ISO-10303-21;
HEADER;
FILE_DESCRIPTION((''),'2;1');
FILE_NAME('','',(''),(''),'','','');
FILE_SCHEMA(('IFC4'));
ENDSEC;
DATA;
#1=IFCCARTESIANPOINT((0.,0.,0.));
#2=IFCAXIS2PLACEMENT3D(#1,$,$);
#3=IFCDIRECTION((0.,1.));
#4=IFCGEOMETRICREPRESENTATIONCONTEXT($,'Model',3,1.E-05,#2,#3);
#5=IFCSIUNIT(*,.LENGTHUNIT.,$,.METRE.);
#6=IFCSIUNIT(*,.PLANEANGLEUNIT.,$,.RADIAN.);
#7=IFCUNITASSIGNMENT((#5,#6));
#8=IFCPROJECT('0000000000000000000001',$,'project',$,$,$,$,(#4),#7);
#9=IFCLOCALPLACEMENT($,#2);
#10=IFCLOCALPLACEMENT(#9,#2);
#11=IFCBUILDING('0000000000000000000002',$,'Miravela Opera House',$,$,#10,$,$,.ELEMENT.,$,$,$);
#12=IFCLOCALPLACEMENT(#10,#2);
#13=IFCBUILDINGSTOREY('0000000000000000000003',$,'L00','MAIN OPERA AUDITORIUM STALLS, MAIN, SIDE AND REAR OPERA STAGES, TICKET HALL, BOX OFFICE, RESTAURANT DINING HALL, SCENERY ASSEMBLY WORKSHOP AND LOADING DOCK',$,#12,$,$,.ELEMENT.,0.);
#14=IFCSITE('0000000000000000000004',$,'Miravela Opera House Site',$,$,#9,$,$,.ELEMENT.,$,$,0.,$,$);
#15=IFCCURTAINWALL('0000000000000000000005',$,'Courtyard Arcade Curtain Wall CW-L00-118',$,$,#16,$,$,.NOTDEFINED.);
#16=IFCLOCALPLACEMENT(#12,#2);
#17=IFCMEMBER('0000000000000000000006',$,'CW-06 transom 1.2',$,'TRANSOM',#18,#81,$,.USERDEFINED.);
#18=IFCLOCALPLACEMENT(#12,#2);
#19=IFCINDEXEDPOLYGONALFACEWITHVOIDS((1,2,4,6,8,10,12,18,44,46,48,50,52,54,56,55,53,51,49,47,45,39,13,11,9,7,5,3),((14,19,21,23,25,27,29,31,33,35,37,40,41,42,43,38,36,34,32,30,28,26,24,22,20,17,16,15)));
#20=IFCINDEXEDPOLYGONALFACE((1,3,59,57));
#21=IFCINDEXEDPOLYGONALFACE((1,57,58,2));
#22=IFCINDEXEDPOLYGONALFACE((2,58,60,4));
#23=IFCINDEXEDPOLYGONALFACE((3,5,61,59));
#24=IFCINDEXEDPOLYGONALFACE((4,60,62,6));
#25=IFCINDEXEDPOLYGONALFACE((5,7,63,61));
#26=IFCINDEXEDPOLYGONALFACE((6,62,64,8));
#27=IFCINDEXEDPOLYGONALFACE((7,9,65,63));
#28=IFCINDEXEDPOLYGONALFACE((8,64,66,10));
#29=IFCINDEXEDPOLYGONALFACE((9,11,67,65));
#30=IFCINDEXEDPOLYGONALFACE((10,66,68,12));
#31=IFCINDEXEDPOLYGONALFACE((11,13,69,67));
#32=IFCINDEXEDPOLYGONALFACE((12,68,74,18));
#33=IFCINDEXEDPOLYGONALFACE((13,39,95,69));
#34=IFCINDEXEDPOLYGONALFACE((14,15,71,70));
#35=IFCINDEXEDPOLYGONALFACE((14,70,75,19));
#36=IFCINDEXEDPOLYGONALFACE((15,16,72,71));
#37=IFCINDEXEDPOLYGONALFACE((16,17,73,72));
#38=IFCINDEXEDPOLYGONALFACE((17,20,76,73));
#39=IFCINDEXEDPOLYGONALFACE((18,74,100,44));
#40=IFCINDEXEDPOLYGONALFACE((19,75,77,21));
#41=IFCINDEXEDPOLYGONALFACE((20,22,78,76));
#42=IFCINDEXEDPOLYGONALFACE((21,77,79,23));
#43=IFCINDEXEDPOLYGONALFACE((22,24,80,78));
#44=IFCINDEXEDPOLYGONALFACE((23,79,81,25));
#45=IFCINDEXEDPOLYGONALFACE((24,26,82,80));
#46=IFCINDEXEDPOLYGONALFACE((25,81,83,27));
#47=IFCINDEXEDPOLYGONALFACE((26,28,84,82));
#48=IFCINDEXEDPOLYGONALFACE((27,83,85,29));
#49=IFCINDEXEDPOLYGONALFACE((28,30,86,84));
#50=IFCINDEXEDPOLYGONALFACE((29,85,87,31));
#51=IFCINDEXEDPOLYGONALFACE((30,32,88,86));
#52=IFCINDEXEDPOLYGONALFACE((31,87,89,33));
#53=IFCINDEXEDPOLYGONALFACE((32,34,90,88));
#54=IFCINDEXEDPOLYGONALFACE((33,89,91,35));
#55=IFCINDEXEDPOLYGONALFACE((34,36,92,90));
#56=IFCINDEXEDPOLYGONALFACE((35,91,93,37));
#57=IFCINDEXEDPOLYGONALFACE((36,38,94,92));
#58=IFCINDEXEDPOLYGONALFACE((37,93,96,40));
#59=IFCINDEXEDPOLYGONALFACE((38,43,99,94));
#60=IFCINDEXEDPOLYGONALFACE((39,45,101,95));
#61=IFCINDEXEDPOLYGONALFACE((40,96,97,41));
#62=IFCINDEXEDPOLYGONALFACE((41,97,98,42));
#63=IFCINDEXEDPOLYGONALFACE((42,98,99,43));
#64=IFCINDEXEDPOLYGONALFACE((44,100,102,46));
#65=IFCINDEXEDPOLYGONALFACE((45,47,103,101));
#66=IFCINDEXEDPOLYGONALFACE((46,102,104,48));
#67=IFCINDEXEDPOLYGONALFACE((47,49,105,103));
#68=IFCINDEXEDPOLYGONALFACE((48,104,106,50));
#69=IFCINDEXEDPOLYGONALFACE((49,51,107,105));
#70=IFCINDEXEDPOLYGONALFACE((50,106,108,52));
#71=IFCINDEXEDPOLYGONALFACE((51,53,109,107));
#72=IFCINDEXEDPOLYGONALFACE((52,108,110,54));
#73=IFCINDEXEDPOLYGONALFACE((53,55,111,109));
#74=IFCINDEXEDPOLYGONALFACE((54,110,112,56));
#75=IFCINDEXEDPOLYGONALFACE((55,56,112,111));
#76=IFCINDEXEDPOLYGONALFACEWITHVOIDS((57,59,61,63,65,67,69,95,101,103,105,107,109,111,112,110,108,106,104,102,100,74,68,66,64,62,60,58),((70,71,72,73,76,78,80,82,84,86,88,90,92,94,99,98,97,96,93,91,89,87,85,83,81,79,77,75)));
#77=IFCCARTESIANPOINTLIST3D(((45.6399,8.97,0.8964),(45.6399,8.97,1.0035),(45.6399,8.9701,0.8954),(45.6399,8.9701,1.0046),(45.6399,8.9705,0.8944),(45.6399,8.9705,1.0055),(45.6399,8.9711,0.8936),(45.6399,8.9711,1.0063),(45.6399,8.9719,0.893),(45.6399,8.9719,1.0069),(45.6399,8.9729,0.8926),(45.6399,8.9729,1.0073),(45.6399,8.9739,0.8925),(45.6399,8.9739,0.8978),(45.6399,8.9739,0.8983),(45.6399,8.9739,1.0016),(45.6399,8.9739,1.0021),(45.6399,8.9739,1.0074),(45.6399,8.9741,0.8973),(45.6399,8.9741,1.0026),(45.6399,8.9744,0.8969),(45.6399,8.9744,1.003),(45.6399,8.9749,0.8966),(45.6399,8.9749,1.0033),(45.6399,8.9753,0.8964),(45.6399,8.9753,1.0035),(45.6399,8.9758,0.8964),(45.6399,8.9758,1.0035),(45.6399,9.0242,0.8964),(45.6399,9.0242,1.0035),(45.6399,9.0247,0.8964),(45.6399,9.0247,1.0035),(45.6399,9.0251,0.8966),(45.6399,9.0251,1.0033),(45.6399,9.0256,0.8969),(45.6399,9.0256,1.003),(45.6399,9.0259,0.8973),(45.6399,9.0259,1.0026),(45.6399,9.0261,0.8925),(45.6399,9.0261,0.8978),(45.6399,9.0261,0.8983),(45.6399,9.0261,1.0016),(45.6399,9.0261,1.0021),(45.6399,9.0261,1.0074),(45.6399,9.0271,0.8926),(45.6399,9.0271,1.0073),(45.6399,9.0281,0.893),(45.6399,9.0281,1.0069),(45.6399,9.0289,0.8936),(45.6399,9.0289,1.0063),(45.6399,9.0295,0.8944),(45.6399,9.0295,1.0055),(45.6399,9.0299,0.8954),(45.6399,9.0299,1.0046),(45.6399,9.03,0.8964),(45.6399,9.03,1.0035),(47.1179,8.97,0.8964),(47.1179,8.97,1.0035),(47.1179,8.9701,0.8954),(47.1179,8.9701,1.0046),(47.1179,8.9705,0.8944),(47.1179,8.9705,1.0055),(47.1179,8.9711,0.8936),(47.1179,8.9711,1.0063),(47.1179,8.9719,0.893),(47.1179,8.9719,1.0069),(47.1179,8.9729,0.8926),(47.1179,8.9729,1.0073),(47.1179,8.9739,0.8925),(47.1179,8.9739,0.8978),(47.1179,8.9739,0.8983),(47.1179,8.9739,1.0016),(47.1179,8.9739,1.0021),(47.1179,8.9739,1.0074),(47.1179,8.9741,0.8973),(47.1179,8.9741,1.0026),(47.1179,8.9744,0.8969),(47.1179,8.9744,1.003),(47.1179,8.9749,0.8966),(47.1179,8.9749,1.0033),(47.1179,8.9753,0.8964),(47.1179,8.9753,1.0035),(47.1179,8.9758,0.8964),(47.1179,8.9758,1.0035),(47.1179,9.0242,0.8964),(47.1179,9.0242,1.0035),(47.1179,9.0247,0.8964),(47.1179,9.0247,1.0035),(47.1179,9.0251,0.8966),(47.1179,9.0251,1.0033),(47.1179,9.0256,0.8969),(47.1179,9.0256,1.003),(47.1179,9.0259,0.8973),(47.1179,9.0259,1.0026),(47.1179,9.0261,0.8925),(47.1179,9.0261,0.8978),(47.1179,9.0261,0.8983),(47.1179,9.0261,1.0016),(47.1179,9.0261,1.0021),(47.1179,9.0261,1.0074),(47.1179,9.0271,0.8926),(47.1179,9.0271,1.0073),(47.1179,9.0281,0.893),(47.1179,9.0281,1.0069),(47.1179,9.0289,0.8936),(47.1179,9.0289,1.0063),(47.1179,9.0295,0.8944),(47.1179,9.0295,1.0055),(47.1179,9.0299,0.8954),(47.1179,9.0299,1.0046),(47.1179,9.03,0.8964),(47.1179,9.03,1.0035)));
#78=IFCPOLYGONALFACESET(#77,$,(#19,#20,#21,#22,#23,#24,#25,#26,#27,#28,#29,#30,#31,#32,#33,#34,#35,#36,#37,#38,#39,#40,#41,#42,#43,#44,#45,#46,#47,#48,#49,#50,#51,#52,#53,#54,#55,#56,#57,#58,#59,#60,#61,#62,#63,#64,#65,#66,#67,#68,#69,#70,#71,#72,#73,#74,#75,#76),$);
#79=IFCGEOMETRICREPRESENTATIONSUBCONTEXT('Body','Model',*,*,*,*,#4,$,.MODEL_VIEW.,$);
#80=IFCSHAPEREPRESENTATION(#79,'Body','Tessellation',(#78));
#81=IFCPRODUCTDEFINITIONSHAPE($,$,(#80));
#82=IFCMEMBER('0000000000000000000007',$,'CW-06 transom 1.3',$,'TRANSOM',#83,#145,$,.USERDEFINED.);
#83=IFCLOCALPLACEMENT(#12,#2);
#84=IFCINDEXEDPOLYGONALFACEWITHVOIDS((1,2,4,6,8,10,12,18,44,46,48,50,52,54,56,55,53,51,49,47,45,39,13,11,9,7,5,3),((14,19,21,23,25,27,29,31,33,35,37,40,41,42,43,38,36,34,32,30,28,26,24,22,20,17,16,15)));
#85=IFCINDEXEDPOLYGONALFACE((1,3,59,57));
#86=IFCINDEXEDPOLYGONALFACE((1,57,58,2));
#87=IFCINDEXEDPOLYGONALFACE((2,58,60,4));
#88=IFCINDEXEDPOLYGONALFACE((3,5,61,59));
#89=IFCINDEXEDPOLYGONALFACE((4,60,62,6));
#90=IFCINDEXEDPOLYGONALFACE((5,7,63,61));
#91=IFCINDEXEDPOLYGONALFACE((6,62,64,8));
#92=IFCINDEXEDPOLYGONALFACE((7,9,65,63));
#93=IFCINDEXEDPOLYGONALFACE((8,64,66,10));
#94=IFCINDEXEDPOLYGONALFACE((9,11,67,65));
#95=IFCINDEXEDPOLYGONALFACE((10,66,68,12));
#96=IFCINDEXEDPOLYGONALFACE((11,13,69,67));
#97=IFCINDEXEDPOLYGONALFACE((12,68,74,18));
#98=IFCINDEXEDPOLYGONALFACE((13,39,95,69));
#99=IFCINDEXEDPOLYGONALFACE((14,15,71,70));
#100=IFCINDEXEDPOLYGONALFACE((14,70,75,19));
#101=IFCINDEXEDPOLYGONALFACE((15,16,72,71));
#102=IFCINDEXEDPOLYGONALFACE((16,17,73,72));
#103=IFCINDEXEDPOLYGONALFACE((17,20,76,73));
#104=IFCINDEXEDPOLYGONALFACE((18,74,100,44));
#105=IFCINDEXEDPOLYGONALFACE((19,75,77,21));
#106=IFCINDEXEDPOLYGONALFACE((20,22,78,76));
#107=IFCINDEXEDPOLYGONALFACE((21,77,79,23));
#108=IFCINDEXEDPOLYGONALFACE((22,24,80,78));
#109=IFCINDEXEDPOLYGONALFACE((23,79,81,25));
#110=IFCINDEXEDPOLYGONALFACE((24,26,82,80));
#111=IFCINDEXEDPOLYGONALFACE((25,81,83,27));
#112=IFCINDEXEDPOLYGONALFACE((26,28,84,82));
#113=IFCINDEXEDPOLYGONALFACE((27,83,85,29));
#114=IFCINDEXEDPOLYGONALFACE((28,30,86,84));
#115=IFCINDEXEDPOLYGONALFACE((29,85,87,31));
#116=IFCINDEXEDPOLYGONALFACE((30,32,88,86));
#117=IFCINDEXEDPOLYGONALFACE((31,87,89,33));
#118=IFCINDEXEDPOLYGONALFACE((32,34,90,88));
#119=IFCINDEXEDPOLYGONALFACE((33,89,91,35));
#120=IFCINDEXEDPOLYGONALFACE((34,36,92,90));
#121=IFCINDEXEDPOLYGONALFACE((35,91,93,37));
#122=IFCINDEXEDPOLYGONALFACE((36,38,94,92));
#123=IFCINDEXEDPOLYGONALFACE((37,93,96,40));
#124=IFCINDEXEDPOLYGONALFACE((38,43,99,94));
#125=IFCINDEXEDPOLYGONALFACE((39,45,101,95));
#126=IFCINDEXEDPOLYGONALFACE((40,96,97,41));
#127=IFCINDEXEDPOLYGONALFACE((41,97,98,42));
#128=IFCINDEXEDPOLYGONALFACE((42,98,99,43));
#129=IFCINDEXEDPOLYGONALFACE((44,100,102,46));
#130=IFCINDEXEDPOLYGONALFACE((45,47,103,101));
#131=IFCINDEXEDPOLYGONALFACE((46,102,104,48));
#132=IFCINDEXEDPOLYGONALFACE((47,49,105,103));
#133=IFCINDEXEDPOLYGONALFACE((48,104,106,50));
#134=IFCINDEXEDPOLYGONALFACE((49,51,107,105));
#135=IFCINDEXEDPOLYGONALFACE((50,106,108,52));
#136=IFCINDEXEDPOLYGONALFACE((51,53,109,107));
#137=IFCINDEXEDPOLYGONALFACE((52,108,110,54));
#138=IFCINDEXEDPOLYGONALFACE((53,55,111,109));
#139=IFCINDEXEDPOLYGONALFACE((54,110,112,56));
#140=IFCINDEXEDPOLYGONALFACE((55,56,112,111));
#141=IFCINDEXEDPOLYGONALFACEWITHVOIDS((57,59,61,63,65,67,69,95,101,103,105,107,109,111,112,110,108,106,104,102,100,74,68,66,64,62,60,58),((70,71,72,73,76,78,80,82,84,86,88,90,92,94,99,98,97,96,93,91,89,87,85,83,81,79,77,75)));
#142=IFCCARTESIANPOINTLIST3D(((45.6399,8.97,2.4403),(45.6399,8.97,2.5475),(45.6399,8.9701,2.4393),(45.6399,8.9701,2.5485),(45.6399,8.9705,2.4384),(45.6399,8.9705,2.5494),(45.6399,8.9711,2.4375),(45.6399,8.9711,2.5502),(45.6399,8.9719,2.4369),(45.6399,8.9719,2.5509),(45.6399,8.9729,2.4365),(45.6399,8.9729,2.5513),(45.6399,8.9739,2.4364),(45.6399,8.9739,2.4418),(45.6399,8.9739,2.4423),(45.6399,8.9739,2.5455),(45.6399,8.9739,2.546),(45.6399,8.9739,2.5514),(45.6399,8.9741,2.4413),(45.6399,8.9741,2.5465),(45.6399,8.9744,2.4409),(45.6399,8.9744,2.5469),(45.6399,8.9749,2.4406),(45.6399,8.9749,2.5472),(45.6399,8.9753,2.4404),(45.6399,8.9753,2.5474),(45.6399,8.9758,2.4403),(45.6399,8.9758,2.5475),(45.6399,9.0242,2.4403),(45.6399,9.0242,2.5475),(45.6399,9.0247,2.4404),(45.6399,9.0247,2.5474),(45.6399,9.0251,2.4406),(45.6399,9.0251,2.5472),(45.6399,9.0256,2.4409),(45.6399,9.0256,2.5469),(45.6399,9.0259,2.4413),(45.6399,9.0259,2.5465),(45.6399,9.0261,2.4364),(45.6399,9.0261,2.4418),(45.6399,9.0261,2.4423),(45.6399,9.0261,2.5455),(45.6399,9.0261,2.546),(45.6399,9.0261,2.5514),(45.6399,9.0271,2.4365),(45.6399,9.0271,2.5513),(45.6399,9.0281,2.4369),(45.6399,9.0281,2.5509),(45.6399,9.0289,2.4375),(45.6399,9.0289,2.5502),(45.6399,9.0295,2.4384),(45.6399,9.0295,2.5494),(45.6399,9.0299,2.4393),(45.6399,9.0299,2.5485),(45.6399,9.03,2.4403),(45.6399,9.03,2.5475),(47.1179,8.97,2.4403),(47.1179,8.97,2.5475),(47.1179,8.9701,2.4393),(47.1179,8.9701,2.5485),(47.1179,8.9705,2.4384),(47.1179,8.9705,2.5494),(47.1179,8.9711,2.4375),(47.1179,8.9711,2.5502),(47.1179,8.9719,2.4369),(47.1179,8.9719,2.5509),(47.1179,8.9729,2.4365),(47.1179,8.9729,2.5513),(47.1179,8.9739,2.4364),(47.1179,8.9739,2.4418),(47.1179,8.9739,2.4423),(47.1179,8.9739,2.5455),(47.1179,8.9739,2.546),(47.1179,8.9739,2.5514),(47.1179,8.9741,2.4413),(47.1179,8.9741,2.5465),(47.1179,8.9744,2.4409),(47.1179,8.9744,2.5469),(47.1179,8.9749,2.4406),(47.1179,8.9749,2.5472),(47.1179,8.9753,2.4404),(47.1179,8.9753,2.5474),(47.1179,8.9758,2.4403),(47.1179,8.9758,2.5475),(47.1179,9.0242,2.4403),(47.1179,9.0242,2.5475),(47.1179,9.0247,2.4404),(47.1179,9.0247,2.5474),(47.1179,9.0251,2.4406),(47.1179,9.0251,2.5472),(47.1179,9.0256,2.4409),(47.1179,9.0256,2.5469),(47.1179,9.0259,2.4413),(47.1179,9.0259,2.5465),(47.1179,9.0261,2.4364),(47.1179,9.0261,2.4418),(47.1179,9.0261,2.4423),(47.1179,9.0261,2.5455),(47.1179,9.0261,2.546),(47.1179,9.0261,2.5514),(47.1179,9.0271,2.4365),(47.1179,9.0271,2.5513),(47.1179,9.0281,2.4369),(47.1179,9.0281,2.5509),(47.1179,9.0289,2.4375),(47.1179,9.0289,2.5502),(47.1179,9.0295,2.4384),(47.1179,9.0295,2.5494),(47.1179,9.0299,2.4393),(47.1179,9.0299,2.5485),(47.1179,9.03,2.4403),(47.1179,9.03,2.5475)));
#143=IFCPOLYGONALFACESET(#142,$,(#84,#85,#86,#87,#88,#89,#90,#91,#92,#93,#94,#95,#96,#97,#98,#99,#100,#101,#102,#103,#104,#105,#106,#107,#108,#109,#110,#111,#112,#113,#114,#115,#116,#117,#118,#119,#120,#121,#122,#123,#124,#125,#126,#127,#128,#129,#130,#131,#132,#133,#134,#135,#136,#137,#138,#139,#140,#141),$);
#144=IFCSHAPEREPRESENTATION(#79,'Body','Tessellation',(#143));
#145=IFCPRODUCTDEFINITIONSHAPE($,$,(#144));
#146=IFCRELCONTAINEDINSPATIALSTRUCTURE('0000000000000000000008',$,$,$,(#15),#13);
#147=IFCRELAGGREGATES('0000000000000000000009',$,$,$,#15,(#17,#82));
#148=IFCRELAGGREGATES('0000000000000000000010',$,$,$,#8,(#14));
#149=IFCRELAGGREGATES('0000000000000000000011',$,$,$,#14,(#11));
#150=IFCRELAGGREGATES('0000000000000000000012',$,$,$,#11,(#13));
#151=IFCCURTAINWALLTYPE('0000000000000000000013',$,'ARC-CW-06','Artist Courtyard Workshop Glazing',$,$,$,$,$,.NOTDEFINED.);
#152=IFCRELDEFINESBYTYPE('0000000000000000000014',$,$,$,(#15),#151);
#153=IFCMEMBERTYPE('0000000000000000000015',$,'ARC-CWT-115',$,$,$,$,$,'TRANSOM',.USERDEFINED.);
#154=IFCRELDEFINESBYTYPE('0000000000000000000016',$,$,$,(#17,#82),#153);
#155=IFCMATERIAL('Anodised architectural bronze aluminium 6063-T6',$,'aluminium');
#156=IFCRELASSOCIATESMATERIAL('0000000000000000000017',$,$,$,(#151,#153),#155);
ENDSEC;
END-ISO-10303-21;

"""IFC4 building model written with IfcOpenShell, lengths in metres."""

from ifc_helpers import new_model, si_unit, direction, frame, origin, origin_2d, place, context, subcontext, project, spatial, hollow_rectangle, extrude, material, material_profile, profile_set, type_object, element, aggregate, save


model = new_model("IFC4")

# Units and contexts
model_context = context("Model", 3, precision=1e-05, world=origin(), true_north=direction((0.0, 1.0)))
body_context = subcontext(model_context, "Body", "Model", "MODEL_VIEW")
ifc_project = project(units=[si_unit("LENGTHUNIT", "METRE"), si_unit("PLANEANGLEUNIT", "RADIAN")], contexts=[model_context])

# Site, building, storey
site_placement = place(None, origin())
site = spatial("IfcSite", under=ifc_project, at=site_placement, Name="Miravela Opera House Site", CompositionType="ELEMENT", RefElevation=0.0)
building_placement = place(site_placement, origin())
building = spatial("IfcBuilding", under=site, at=building_placement, Name="Miravela Opera House", CompositionType="ELEMENT")
storey_placement = place(building_placement, origin())
storey = spatial("IfcBuildingStorey", under=building, at=storey_placement, Name="L00", Description="MAIN OPERA AUDITORIUM STALLS, MAIN, SIDE AND REAR OPERA STAGES, TICKET HALL, BOX OFFICE, RESTAURANT DINING HALL, SCENERY ASSEMBLY WORKSHOP AND LOADING DOCK", CompositionType="ELEMENT", Elevation=0.0)

# Curtain wall, members
ifc_material_1 = material(Name="Anodised architectural bronze aluminium 6063-T6", Category="aluminium")
curtain_wall_type = type_object("IfcCurtainWallType", Name="ARC-CW-06", Description="Artist Courtyard Workshop Glazing", PredefinedType="NOTDEFINED", material=ifc_material_1)
curtain_wall_placement = place(storey_placement, origin())
curtain_wall = element("IfcCurtainWall", 1, at=curtain_wall_placement, inside=storey, type_object=curtain_wall_type, Name="Courtyard Arcade Curtain Wall CW-L00-118", PredefinedType="NOTDEFINED")
ifc_material_profile_1 = material_profile(ifc_material_1, hollow_rectangle(XDim=0.0601, YDim=0.115, WallThickness=0.0039, InnerFilletRadius=0.002, OuterFilletRadius=0.0039, at=origin_2d()), Name="CWT-60X115")
ifc_profile_set_1 = profile_set([ifc_material_profile_1])
member_type_1 = type_object("IfcMemberType", Name="ARC-CWT-115", ElementType="TRANSOM", PredefinedType="USERDEFINED", material=ifc_profile_set_1)
member_1_placement = place(storey_placement, frame((45.6399, 9.0, 0.95), z_axis=(1.0, 0.0, 0.0), x_axis=(0.0, 1.0, 0.0)))
member_1 = element("IfcMember", 2, at=member_1_placement, type_object=member_type_1, Name="CW-06 transom 1.2", ObjectType="TRANSOM", PredefinedType="USERDEFINED", context=body_context, shape_type="SweptSolid", body=[
    extrude(hollow_rectangle(XDim=0.0601, YDim=0.115, WallThickness=0.0039, InnerFilletRadius=0.002, OuterFilletRadius=0.0039, at=origin_2d()), origin(), (0.0, 0.0, 1.0), 1.478),
])
member_2_placement = place(storey_placement, frame((45.6399, 9.0, 2.4939), z_axis=(1.0, 0.0, 0.0), x_axis=(0.0, 1.0, 0.0)))
member_2 = element("IfcMember", 3, at=member_2_placement, type_object=member_type_1, Name="CW-06 transom 1.3", ObjectType="TRANSOM", PredefinedType="USERDEFINED", context=body_context, shape_type="SweptSolid", body=[
    extrude(hollow_rectangle(XDim=0.0601, YDim=0.115, WallThickness=0.0039, InnerFilletRadius=0.002, OuterFilletRadius=0.0039, at=origin_2d()), origin(), (0.0, 0.0, 1.0), 1.478),
])

aggregate(curtain_wall, [member_1, member_2])

save(model, "model.ifc")
